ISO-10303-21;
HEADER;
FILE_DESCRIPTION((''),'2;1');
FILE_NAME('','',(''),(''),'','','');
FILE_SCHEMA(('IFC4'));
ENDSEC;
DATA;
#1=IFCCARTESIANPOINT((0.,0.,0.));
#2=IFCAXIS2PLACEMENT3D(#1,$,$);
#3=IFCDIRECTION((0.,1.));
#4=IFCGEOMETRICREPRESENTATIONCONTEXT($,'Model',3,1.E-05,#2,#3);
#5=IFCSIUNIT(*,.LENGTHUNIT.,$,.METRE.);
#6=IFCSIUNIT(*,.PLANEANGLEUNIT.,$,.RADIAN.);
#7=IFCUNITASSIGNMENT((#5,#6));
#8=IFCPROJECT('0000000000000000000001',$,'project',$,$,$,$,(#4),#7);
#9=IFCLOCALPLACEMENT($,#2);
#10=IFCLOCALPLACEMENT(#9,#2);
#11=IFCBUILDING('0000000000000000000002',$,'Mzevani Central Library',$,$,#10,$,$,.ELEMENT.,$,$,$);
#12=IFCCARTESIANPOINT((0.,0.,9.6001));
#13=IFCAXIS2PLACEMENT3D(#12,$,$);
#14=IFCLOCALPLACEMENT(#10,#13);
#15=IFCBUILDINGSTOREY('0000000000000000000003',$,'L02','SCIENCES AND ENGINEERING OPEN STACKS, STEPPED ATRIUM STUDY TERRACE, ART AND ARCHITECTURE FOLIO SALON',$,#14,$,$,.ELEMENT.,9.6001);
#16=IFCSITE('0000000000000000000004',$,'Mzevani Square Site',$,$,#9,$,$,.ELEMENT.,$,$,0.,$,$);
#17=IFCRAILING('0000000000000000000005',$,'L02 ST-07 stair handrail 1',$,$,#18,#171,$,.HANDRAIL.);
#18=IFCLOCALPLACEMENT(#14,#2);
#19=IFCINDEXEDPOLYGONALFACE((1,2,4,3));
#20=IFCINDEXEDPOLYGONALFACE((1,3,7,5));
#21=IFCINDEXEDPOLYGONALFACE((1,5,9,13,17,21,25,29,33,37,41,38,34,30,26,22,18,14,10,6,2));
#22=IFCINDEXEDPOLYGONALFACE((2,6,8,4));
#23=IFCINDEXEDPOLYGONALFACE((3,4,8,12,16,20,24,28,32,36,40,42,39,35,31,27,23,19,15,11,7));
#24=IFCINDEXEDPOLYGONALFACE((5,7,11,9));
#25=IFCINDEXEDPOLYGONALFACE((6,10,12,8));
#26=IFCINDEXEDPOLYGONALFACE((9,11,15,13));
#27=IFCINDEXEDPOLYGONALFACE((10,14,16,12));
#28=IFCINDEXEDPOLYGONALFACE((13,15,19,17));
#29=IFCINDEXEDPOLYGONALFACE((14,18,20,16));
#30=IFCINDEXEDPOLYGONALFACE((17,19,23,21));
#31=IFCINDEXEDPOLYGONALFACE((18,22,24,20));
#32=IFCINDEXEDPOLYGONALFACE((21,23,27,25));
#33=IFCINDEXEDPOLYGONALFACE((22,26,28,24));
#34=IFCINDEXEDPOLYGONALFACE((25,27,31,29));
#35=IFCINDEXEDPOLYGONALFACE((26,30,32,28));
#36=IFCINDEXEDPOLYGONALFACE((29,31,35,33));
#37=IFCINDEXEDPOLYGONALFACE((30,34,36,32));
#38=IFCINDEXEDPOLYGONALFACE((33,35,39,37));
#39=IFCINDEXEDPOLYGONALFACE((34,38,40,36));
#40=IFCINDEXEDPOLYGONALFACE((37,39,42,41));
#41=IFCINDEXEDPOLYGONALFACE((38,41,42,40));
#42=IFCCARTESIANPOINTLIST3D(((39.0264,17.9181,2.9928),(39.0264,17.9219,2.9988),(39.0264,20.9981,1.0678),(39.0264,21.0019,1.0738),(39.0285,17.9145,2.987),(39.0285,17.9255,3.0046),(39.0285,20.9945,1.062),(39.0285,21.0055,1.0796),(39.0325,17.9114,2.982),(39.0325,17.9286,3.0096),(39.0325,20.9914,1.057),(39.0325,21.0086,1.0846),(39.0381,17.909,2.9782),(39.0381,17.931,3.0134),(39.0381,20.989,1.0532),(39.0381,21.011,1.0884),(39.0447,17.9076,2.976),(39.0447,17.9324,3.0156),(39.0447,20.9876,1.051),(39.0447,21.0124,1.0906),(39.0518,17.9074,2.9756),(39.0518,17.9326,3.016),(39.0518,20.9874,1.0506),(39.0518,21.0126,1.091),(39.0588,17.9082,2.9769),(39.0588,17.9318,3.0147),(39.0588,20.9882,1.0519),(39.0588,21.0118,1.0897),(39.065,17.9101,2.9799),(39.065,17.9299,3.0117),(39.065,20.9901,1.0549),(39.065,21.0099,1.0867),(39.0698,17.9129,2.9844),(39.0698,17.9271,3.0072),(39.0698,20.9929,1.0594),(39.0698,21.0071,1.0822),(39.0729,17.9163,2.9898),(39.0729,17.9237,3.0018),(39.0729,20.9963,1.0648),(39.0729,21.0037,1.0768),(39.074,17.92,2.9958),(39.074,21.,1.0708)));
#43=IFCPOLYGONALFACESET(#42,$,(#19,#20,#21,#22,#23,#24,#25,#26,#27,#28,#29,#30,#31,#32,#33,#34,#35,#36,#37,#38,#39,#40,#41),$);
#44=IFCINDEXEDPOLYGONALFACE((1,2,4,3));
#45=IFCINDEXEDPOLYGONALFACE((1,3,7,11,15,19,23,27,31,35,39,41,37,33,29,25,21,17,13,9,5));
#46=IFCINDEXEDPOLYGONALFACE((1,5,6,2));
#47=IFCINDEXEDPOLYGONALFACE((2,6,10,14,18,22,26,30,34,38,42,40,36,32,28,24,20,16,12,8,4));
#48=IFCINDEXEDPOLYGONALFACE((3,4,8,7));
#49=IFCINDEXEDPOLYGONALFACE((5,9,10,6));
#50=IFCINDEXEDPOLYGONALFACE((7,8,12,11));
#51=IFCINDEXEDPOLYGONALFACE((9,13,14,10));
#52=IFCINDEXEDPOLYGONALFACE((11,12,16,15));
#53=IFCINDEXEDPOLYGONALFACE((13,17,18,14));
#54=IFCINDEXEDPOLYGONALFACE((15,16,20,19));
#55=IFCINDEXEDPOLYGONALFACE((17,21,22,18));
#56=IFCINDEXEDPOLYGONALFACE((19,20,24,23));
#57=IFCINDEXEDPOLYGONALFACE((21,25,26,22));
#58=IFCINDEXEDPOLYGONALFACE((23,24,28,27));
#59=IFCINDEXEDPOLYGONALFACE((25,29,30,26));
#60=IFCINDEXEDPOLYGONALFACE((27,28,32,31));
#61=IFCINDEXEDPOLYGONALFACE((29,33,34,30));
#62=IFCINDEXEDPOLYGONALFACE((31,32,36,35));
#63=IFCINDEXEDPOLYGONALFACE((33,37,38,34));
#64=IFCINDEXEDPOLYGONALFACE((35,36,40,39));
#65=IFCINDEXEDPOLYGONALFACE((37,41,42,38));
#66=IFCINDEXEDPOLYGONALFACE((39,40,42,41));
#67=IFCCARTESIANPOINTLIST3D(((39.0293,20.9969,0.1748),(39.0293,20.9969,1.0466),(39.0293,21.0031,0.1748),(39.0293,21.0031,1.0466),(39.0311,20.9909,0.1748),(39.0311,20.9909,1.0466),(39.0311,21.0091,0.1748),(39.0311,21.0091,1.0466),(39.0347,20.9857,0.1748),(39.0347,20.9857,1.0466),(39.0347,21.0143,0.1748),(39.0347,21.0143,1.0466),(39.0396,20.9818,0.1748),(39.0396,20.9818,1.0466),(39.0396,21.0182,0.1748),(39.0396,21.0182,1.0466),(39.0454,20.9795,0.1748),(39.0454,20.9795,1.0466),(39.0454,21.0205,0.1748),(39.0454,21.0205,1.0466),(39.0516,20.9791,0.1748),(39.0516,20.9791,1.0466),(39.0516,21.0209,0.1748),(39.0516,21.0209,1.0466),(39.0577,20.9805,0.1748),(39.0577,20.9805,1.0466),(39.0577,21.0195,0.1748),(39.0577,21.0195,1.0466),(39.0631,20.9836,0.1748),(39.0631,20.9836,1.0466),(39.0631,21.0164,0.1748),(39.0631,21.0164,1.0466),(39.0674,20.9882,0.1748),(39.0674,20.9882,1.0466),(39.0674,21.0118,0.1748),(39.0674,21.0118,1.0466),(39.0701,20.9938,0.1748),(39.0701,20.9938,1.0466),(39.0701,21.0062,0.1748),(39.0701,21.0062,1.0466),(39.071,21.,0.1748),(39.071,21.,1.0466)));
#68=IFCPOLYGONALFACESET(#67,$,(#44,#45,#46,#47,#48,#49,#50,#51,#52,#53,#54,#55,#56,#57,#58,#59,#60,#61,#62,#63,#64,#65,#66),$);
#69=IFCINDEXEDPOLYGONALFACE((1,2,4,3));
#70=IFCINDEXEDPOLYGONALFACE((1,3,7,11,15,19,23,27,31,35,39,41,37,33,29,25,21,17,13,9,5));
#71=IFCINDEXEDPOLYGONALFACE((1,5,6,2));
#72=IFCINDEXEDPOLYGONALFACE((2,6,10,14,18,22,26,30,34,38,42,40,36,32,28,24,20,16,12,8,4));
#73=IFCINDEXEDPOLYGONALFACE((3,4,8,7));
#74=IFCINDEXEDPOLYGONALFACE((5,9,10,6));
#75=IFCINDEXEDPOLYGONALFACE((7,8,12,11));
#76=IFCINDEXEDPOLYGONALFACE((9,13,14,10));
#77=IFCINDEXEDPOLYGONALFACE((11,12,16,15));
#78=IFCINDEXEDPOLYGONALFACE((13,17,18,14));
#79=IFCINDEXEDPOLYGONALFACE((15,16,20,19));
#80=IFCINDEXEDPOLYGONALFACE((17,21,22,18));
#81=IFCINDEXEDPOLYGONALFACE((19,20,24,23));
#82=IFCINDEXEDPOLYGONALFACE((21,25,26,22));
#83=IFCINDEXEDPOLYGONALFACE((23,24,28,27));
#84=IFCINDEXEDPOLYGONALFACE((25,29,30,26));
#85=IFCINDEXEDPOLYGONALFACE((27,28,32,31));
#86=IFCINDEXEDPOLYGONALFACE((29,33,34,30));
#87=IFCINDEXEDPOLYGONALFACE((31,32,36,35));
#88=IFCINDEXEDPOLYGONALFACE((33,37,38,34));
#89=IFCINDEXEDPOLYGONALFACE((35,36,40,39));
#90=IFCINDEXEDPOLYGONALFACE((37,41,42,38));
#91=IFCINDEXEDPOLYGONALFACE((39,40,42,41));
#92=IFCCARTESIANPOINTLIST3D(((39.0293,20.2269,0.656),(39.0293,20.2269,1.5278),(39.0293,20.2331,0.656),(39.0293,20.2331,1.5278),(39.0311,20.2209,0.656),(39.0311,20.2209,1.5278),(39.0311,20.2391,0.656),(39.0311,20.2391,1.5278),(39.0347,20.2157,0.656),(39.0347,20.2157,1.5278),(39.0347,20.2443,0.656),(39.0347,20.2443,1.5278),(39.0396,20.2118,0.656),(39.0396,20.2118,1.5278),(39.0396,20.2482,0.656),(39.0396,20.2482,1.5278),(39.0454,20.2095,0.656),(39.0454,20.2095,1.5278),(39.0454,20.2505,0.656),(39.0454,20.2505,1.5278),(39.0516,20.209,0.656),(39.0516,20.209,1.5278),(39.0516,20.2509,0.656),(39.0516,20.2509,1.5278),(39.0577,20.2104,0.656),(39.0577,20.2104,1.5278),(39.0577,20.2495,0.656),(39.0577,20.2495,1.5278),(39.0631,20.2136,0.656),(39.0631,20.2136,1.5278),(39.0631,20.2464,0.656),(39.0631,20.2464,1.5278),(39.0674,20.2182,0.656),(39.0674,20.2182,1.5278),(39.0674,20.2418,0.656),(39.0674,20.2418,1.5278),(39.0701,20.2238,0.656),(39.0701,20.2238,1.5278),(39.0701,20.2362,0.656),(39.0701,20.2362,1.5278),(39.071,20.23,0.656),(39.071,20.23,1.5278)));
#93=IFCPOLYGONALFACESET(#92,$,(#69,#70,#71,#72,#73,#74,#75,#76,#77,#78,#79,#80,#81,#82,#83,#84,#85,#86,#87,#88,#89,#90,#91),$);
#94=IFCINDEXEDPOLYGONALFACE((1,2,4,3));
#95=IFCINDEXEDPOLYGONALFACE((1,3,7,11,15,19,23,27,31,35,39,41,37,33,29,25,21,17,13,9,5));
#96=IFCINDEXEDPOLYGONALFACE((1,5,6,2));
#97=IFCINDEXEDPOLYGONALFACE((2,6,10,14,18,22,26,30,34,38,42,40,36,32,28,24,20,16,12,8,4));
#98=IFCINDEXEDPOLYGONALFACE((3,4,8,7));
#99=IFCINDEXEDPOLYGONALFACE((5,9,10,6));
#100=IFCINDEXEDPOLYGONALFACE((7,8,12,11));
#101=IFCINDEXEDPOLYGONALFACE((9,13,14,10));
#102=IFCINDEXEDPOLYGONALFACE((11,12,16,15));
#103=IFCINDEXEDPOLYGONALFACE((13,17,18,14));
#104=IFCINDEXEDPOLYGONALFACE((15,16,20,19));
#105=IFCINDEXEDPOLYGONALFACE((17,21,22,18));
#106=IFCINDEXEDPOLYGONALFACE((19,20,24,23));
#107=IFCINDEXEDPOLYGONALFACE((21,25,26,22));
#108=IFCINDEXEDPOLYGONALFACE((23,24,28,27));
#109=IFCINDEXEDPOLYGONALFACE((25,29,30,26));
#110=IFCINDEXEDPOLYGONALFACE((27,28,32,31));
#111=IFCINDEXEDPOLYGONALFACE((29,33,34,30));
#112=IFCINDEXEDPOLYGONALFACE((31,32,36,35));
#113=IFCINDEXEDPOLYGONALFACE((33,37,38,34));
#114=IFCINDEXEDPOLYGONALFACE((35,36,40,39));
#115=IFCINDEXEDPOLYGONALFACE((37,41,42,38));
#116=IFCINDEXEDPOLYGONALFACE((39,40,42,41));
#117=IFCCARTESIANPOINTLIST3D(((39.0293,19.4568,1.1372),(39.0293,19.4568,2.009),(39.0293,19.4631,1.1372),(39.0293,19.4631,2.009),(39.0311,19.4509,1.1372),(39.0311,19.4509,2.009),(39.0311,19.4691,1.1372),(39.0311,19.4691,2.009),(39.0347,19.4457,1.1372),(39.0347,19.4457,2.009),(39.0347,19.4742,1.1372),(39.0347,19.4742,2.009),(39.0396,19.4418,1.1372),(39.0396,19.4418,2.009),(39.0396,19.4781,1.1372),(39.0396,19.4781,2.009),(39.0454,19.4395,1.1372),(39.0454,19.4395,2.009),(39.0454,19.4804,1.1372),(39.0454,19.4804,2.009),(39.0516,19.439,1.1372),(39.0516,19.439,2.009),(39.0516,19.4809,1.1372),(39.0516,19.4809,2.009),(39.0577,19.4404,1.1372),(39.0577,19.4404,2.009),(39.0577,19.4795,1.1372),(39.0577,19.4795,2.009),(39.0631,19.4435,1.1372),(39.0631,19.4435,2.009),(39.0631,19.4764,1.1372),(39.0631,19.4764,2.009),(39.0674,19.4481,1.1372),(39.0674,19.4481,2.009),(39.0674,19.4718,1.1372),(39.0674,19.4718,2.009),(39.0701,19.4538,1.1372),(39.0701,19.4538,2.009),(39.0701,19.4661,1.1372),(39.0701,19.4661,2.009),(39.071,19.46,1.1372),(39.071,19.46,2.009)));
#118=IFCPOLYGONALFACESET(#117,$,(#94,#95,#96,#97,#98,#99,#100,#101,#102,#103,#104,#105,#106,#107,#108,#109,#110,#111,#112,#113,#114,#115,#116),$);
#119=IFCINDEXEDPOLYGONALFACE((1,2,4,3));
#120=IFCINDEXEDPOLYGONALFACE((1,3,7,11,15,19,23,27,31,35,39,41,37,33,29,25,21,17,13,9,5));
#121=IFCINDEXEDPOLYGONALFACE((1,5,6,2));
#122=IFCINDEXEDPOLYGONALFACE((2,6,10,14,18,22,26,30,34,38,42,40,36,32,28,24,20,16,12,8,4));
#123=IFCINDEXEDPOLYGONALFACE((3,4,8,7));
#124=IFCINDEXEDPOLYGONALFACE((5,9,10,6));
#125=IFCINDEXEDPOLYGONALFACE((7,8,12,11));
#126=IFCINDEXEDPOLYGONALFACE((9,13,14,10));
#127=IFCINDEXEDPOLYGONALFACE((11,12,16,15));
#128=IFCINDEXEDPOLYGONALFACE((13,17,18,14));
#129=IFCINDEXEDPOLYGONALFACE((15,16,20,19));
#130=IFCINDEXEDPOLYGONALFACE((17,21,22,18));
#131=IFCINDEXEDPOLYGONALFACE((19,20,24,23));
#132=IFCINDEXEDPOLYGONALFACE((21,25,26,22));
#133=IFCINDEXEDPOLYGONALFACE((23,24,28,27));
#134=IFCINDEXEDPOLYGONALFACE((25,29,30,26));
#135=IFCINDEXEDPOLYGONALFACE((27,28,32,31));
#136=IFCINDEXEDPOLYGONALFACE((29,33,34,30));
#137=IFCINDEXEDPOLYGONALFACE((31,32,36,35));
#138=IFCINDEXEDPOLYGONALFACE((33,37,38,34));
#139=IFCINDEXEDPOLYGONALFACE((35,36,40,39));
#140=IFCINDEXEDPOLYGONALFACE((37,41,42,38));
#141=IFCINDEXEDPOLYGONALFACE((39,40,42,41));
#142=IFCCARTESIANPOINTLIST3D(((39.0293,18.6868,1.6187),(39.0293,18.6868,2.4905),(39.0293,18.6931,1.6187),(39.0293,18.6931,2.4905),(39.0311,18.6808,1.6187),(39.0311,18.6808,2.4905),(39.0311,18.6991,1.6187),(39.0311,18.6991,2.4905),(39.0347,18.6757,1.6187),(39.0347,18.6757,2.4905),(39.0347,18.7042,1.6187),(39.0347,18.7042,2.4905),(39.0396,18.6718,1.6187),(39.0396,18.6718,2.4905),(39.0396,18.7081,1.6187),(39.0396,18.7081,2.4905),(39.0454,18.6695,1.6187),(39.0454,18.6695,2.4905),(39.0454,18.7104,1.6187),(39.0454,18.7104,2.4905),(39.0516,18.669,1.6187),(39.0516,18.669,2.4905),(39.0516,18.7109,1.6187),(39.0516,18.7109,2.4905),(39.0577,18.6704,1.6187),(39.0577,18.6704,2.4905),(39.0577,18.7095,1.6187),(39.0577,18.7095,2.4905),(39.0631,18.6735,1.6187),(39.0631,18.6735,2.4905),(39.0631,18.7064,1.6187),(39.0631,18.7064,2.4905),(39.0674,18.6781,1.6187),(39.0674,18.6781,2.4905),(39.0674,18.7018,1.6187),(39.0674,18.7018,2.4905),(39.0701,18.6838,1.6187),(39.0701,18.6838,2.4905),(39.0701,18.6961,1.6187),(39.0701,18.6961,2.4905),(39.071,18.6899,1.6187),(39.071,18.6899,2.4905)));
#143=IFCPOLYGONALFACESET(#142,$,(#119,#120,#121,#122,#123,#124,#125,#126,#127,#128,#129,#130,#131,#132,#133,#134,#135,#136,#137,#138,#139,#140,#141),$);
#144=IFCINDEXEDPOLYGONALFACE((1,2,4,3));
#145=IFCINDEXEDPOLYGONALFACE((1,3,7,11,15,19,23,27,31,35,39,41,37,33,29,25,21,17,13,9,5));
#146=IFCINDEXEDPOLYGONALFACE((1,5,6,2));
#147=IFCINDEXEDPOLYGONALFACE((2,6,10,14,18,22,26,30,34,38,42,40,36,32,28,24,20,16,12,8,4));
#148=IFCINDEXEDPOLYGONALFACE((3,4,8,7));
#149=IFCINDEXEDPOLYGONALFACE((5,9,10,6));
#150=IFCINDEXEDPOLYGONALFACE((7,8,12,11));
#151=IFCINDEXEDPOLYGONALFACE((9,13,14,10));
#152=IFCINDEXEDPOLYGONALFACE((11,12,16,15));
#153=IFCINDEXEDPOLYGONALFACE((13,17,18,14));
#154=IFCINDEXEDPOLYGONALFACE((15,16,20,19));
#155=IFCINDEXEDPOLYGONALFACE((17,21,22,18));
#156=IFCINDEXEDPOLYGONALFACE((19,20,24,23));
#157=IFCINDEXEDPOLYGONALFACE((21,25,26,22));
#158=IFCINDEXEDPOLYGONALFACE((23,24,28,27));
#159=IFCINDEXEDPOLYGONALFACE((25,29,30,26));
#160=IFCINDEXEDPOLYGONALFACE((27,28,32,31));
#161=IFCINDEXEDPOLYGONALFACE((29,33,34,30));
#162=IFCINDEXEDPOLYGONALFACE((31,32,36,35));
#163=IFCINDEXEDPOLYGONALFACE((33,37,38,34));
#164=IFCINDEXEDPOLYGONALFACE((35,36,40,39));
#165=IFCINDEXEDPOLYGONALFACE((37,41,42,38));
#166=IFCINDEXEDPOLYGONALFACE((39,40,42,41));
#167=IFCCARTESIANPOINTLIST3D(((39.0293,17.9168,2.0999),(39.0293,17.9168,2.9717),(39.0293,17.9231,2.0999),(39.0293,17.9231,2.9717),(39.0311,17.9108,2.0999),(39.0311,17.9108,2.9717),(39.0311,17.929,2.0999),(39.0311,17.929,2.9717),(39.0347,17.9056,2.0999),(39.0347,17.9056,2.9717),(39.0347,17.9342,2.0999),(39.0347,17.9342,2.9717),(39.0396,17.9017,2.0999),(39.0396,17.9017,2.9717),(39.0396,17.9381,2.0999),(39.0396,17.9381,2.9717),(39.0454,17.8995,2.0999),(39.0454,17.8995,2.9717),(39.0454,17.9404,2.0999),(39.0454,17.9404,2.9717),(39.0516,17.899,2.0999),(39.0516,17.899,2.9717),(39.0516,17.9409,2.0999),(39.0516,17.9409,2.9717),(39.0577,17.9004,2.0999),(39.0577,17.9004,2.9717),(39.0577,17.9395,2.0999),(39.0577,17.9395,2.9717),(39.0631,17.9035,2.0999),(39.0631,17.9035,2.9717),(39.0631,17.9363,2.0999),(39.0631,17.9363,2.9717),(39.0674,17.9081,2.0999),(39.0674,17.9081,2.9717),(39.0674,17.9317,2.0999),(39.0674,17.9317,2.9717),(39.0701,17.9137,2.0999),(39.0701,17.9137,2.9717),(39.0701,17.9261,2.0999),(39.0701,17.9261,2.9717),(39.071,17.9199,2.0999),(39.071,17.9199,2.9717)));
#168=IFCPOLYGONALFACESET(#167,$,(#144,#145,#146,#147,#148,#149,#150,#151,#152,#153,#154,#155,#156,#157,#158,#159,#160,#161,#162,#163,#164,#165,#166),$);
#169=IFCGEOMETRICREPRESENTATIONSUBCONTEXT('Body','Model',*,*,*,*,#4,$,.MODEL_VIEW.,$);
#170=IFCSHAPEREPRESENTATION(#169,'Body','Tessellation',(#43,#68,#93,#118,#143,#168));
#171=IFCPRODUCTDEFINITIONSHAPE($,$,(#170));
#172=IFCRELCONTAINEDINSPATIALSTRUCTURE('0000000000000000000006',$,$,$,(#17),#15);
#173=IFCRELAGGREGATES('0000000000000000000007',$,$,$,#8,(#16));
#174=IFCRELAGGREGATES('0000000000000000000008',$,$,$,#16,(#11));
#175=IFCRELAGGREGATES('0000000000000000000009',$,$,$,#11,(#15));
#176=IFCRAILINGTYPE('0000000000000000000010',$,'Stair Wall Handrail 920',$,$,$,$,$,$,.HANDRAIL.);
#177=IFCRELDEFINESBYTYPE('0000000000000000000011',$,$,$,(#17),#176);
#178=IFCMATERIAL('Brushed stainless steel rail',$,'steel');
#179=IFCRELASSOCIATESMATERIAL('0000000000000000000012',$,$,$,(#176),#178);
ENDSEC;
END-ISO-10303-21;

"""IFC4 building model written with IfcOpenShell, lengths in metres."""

from ifc_helpers import new_model, si_unit, direction, frame, origin, origin_2d, place, context, subcontext, project, spatial, circle, extrude, material, type_object, element, save


model = new_model("IFC4")

# Units and contexts
model_context = context("Model", 3, precision=1e-05, world=origin(), true_north=direction((0.0, 1.0)))
body_context = subcontext(model_context, "Body", "Model", "MODEL_VIEW")
ifc_project = project(units=[si_unit("LENGTHUNIT", "METRE"), si_unit("PLANEANGLEUNIT", "RADIAN")], contexts=[model_context])

# Site, building, storey
site_placement = place(None, origin())
site = spatial("IfcSite", under=ifc_project, at=site_placement, Name="Mzevani Square Site", CompositionType="ELEMENT", RefElevation=0.0)
building_placement = place(site_placement, origin())
building = spatial("IfcBuilding", under=site, at=building_placement, Name="Mzevani Central Library", CompositionType="ELEMENT")
storey_placement = place(building_placement, frame((0.0, 0.0, 9.6001)))
storey = spatial("IfcBuildingStorey", under=building, at=storey_placement, Name="L02", Description="SCIENCES AND ENGINEERING OPEN STACKS, STEPPED ATRIUM STUDY TERRACE, ART AND ARCHITECTURE FOLIO SALON", CompositionType="ELEMENT", Elevation=9.6001)

# Shared definitions
ifc_material_1 = material(Name="Brushed stainless steel rail", Category="steel")

# Railing
railing_type_1 = type_object("IfcRailingType", Name="Stair Wall Handrail 920", PredefinedType="HANDRAIL", material=ifc_material_1)
railing_1_placement = place(storey_placement, frame((39.05, 21.0, 0.1748)))
element("IfcRailing", 1, at=railing_1_placement, inside=storey, type_object=railing_type_1, Name="L02 ST-07 stair handrail 1", PredefinedType="HANDRAIL", context=body_context, shape_type="SweptSolid", body=[
    extrude(circle(Radius=0.0239, at=origin_2d()), frame((0.0, 0.0, 0.896), z_axis=(0.0, -0.847998, 0.529999), x_axis=(1.0, 0.0, 0.0)), (0.0, 0.0, 1.0), 3.6321),
    extrude(circle(Radius=0.021, at=origin_2d()), origin(), (0.0, 0.0, 1.0), 0.8718),
    extrude(circle(Radius=0.021, at=origin_2d()), frame((0.0, -0.77, 0.4812)), (0.0, 0.0, 1.0), 0.8718),
    extrude(circle(Radius=0.021, at=origin_2d()), frame((0.0, -1.54, 0.9624)), (0.0, 0.0, 1.0), 0.8718),
    extrude(circle(Radius=0.021, at=origin_2d()), frame((0.0, -2.3101, 1.4438)), (0.0, 0.0, 1.0), 0.8718),
    extrude(circle(Radius=0.021, at=origin_2d()), frame((0.0, -3.0801, 1.925)), (0.0, 0.0, 1.0), 0.8718),
])

save(model, "model.ifc")
